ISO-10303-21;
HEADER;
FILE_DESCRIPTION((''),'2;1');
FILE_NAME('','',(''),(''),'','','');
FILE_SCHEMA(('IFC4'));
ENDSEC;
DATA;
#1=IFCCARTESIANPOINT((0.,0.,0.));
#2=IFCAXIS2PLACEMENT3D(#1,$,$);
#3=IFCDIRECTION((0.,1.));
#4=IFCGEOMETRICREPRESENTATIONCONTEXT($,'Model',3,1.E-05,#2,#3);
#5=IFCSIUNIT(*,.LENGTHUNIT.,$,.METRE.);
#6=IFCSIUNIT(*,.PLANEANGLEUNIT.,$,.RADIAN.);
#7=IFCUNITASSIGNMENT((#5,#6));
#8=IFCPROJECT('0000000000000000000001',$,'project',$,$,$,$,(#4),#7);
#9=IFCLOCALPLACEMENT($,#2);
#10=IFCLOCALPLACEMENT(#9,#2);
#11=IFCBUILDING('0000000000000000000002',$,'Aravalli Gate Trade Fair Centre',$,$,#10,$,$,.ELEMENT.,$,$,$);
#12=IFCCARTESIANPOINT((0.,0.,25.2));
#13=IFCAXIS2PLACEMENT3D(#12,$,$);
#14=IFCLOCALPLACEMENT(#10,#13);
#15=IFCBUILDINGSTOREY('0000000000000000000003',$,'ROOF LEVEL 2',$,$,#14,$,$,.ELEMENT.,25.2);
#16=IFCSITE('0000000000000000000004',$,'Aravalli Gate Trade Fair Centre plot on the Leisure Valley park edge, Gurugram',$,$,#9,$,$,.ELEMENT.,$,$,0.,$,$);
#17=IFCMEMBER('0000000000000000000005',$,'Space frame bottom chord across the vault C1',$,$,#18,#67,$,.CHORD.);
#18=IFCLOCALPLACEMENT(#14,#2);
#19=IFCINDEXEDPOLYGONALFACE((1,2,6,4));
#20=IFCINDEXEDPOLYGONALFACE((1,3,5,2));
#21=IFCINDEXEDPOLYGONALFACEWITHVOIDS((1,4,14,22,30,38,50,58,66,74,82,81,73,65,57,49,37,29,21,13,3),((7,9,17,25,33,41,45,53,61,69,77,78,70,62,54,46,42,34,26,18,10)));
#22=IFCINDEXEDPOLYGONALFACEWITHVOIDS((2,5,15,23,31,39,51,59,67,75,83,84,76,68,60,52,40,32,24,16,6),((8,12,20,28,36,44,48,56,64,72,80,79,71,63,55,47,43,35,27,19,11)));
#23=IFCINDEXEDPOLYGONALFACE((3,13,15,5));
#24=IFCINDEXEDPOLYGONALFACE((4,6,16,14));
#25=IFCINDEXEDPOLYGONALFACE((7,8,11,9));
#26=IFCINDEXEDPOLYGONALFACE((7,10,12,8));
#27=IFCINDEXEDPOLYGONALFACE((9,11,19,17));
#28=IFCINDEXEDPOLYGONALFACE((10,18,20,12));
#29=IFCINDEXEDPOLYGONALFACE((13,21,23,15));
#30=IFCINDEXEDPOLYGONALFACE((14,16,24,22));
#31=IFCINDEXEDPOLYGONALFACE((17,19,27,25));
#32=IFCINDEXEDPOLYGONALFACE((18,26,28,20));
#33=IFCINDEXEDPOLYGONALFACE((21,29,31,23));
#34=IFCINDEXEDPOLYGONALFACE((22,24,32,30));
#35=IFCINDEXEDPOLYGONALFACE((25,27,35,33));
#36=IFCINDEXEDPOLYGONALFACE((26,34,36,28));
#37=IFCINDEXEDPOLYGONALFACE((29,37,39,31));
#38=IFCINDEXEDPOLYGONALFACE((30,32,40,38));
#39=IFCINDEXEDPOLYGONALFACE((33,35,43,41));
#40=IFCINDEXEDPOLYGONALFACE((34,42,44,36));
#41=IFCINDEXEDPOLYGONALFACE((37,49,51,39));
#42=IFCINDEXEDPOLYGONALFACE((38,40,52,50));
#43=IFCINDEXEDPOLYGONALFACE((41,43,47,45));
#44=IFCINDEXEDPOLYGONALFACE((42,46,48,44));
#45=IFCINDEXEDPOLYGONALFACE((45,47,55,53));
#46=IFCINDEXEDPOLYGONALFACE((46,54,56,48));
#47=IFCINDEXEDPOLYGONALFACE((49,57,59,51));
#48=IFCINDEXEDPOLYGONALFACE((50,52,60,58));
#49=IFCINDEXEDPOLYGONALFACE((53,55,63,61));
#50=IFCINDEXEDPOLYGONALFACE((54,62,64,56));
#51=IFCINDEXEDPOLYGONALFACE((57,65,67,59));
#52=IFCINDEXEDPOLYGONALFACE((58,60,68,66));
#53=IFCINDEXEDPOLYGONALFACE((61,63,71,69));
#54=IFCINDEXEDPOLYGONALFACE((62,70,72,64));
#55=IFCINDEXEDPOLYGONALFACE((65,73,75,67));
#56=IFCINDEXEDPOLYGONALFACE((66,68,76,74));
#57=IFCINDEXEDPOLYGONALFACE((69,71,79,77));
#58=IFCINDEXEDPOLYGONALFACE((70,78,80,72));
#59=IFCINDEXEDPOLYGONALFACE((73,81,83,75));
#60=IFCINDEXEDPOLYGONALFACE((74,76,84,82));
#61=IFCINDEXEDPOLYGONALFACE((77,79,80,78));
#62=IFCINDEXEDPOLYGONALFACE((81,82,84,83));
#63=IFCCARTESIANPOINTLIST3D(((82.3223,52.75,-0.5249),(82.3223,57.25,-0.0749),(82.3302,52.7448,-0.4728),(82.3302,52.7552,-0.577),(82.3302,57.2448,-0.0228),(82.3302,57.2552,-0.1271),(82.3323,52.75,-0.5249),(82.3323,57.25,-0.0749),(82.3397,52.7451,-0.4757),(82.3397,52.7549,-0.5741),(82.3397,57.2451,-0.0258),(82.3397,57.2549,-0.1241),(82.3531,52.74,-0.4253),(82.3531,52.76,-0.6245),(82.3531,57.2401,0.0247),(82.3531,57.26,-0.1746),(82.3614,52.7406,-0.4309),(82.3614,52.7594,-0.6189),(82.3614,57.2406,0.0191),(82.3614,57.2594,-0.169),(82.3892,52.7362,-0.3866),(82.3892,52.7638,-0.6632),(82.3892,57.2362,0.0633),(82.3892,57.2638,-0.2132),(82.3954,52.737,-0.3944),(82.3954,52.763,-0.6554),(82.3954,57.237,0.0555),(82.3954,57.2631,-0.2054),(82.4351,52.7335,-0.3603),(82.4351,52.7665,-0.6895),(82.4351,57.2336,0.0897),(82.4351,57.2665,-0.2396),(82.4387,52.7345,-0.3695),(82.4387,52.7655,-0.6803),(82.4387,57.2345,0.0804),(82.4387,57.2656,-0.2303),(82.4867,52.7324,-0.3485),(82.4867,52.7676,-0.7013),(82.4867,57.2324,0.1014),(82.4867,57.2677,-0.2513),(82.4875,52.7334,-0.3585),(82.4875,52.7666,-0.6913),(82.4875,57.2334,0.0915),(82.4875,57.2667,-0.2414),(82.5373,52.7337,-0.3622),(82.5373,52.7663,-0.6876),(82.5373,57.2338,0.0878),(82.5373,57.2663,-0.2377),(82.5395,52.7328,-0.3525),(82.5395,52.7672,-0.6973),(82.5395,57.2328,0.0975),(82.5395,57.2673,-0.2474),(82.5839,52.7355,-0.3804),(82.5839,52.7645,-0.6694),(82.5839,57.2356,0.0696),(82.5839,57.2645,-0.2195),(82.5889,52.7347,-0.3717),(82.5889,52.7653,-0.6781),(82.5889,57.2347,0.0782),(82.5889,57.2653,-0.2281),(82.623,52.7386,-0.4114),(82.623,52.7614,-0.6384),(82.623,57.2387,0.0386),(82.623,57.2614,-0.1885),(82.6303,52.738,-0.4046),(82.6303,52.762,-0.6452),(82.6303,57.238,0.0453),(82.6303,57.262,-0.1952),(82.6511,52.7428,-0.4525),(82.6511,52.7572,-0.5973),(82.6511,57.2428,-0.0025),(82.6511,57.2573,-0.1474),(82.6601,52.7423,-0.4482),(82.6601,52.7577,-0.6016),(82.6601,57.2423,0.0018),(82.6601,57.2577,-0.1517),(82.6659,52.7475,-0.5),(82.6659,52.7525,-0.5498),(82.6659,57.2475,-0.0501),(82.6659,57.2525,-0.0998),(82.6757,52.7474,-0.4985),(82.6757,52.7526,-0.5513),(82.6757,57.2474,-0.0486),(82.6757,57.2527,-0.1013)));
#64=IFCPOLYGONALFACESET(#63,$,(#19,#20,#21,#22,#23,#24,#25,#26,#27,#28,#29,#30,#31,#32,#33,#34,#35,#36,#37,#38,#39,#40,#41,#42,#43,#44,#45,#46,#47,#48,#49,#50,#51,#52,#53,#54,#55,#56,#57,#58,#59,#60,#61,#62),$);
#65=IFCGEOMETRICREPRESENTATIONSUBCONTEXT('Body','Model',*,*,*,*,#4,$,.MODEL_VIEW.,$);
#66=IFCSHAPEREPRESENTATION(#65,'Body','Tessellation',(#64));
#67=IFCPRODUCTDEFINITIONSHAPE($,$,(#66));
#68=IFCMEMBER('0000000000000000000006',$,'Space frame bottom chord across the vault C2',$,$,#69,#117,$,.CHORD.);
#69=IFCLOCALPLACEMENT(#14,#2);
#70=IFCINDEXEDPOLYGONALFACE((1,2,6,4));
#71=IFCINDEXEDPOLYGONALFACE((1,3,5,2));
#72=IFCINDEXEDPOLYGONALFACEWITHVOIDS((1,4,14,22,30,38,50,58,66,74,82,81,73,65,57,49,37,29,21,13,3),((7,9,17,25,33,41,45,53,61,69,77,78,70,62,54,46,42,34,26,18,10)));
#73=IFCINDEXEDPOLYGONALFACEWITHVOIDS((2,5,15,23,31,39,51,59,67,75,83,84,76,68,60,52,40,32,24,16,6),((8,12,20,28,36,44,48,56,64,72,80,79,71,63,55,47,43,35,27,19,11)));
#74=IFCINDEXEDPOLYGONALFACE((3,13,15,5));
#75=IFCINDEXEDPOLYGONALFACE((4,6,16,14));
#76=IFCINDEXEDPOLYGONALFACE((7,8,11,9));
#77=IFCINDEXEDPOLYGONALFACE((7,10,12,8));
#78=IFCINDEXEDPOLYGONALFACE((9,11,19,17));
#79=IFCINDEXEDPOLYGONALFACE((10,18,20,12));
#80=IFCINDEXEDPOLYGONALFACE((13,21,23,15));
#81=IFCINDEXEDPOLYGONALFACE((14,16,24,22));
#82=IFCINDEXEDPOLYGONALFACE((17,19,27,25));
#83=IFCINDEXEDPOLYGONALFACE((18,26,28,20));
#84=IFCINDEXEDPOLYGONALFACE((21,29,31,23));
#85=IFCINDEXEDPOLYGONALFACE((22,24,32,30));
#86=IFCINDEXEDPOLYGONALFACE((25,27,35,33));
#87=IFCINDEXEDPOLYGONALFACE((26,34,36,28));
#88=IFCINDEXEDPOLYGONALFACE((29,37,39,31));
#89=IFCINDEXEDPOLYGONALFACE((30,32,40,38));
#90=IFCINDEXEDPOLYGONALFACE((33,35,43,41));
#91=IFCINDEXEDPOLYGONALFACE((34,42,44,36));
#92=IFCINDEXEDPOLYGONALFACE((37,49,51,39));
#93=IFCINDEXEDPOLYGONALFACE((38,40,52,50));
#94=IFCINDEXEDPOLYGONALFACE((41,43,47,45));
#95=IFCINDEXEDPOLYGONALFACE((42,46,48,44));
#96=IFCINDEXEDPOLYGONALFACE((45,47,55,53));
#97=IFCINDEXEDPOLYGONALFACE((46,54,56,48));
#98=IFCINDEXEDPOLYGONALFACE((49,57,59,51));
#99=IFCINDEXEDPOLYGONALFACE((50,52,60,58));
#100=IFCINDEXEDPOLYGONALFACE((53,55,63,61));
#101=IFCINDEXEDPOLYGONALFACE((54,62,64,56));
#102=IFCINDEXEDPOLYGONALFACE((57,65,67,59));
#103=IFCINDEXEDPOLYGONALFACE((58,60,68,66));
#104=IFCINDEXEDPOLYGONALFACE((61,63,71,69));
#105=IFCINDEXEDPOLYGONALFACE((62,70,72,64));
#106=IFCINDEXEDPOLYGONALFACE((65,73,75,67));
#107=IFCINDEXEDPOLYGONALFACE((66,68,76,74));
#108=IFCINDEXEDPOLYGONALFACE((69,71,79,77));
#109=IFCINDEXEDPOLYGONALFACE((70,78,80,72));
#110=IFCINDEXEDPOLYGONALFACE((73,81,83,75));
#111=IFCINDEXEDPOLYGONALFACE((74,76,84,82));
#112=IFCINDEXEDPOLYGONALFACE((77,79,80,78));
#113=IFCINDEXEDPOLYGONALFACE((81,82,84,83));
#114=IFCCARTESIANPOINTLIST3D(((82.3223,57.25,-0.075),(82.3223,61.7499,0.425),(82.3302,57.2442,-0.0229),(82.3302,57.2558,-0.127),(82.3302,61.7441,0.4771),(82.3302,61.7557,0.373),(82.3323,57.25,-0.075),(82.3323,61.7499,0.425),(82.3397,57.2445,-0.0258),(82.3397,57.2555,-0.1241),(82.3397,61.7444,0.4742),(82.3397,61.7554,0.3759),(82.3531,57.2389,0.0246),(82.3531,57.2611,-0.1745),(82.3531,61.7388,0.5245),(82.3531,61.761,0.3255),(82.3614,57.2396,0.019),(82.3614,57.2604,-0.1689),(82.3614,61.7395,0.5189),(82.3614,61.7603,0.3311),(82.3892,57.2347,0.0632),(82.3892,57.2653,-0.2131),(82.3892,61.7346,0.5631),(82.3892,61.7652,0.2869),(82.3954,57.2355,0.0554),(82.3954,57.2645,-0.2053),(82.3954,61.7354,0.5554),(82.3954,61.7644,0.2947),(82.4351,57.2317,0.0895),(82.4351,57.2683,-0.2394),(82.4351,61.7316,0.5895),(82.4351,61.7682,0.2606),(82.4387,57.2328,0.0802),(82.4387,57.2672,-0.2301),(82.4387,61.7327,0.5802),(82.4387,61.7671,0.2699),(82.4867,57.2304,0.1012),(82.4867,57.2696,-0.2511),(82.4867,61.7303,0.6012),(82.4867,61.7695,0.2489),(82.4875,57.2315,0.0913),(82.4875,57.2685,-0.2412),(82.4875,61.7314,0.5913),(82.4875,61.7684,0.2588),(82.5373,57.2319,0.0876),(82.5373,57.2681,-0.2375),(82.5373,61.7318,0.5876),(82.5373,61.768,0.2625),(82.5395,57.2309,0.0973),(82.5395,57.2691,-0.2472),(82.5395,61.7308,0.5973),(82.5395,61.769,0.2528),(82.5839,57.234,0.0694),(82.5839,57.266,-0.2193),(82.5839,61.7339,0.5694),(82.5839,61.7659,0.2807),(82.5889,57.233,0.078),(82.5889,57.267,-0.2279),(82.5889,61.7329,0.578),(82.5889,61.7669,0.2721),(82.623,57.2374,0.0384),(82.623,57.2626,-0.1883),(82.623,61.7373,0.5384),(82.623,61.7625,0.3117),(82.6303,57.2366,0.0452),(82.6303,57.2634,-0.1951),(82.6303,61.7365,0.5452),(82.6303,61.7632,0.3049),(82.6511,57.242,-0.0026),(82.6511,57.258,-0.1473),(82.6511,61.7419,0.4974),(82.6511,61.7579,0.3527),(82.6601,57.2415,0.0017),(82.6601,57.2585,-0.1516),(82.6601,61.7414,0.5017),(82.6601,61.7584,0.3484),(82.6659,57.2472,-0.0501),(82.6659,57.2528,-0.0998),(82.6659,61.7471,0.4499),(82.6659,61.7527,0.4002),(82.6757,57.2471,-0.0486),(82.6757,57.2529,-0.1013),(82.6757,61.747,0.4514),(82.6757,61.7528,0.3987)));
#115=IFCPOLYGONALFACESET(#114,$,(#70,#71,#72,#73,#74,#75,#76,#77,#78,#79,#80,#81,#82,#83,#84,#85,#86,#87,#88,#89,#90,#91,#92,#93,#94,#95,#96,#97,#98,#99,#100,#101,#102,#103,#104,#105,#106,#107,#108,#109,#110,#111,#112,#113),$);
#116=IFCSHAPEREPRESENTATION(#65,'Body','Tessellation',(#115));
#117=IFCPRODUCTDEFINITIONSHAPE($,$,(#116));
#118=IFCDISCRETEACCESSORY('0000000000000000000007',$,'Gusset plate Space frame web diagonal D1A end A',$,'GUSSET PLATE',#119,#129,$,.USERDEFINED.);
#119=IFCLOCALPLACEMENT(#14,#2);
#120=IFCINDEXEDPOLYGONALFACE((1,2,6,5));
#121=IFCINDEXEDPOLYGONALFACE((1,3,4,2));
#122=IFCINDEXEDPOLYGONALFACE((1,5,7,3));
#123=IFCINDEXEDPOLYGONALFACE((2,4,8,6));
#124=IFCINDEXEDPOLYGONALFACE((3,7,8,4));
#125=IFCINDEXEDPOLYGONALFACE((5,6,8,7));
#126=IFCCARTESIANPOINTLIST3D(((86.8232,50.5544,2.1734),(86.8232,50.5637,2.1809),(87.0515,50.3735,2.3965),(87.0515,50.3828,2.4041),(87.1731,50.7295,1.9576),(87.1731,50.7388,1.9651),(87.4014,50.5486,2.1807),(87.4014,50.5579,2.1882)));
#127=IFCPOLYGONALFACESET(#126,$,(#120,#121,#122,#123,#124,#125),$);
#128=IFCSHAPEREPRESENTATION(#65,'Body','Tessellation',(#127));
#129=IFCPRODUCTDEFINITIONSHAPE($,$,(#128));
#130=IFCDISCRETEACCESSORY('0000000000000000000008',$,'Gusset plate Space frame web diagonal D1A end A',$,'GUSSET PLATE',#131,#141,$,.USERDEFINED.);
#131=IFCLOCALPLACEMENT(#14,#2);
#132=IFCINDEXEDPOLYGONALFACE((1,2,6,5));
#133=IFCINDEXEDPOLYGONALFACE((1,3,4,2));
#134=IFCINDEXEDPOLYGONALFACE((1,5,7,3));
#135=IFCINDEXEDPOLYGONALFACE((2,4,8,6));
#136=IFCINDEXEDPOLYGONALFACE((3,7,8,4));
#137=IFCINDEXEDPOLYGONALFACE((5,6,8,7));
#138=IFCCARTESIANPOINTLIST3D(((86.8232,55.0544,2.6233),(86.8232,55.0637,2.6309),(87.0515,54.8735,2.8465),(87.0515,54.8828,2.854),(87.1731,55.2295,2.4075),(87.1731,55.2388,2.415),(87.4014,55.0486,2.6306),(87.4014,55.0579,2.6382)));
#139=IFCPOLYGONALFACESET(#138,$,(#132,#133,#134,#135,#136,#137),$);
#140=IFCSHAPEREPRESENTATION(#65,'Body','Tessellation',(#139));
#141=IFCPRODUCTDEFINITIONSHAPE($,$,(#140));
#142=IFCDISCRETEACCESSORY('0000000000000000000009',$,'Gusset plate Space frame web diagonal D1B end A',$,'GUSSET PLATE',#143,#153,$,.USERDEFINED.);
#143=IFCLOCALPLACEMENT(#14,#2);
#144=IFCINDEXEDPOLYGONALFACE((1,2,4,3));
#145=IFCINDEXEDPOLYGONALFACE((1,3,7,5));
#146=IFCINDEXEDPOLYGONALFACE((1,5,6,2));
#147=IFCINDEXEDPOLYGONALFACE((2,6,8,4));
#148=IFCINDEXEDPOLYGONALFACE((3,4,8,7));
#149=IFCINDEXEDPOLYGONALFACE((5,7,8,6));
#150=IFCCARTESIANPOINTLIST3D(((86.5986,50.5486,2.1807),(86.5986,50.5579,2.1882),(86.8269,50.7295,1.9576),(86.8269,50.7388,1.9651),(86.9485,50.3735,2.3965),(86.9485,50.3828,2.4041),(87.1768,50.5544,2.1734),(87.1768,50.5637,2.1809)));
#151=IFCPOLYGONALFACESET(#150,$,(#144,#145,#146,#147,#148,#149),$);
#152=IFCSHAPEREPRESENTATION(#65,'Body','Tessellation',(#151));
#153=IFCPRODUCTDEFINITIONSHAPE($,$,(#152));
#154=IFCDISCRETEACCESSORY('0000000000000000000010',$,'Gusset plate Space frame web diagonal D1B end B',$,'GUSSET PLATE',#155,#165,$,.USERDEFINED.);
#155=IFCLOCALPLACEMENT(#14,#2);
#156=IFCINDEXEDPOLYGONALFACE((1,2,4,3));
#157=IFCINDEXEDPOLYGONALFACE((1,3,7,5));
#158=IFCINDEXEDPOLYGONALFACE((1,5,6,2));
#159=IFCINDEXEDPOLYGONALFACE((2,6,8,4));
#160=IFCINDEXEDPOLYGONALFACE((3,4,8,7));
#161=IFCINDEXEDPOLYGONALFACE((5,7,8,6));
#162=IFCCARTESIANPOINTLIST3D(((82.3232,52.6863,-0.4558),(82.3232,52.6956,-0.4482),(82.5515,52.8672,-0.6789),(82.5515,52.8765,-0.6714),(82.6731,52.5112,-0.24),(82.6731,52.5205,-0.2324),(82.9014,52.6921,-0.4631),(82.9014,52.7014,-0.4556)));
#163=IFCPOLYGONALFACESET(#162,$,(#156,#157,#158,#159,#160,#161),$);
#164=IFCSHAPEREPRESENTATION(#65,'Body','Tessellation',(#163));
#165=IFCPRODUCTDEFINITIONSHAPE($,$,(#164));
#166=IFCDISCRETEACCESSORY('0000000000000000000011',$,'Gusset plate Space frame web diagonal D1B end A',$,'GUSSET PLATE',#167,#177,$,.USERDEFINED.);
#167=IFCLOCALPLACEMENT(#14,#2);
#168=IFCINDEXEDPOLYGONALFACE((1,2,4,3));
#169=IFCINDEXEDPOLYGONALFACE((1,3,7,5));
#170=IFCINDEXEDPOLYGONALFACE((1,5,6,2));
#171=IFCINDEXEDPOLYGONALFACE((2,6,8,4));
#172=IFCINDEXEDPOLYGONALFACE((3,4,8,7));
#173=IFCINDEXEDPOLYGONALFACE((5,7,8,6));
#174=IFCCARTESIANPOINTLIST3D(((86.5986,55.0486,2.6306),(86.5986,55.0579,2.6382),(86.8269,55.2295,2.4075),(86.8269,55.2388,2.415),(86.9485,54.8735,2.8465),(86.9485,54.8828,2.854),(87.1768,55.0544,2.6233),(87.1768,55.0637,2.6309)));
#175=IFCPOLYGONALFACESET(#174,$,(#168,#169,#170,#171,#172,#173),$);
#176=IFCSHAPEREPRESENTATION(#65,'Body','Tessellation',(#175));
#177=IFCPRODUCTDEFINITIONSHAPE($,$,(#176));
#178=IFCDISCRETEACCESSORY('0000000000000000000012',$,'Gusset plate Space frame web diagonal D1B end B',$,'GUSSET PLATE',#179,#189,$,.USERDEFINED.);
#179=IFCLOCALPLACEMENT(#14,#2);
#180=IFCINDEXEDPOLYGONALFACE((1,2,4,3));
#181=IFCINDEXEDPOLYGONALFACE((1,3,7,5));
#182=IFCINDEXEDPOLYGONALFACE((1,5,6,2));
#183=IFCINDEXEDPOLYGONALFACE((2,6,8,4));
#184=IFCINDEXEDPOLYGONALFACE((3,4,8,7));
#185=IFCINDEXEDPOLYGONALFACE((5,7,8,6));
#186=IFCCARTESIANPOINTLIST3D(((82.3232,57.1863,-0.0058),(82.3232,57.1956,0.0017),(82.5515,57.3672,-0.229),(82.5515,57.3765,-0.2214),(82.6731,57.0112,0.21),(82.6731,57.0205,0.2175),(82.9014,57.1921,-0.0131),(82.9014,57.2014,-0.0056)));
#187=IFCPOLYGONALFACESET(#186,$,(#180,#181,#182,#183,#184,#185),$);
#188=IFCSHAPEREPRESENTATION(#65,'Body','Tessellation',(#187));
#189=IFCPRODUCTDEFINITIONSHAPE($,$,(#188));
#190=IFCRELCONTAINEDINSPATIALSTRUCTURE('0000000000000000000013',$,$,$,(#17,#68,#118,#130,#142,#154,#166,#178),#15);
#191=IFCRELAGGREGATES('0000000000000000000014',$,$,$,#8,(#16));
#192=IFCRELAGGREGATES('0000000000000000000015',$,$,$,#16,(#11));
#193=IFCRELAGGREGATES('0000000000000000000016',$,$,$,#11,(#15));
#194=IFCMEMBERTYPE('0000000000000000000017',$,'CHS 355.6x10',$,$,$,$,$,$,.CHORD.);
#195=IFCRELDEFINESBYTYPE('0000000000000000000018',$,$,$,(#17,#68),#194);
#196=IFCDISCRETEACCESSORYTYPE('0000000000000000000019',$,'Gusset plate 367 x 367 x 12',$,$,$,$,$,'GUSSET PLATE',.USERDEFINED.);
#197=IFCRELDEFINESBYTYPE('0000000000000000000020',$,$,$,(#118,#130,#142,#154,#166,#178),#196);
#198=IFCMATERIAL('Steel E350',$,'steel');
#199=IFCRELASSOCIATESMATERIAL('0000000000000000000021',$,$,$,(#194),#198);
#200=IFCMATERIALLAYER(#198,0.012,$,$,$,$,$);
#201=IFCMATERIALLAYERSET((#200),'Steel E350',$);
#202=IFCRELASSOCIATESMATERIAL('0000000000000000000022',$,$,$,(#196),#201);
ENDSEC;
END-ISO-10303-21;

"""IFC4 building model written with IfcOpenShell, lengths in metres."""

from ifc_helpers import new_model, si_unit, direction, frame, origin, origin_2d, place, context, subcontext, project, spatial, polyline, hollow_circle, outline, extrude, material, layer, layer_set, material_profile, profile_set, type_object, element, save


model = new_model("IFC4")

# Units and contexts
model_context = context("Model", 3, precision=1e-05, world=origin(), true_north=direction((0.0, 1.0)))
body_context = subcontext(model_context, "Body", "Model", "MODEL_VIEW")
ifc_project = project(units=[si_unit("LENGTHUNIT", "METRE"), si_unit("PLANEANGLEUNIT", "RADIAN")], contexts=[model_context])

# Site, building, storey
site_placement = place(None, origin())
site = spatial("IfcSite", under=ifc_project, at=site_placement, Name="Aravalli Gate Trade Fair Centre plot on the Leisure Valley park edge, Gurugram", CompositionType="ELEMENT", RefElevation=0.0)
building_placement = place(site_placement, origin())
building = spatial("IfcBuilding", under=site, at=building_placement, Name="Aravalli Gate Trade Fair Centre", CompositionType="ELEMENT")
storey_placement = place(building_placement, frame((0.0, 0.0, 25.2)))
storey = spatial("IfcBuildingStorey", under=building, at=storey_placement, Name="ROOF LEVEL 2", CompositionType="ELEMENT", Elevation=25.2)

# Members
ifc_material = material(Name="Steel E350", Category="steel")
ifc_material_profile_1 = material_profile(ifc_material, hollow_circle(Radius=0.1777, WallThickness=0.01, at=origin_2d()), Name="CHS 355.6x10")
ifc_profile_set_1 = profile_set([ifc_material_profile_1], Name="Steel E350")
member_type_1 = type_object("IfcMemberType", Name="CHS 355.6x10", PredefinedType="CHORD", material=ifc_profile_set_1)
member_1_placement = place(storey_placement, frame((82.5, 52.75, -0.5249), z_axis=(0.0, 0.995038, 0.099493), x_axis=(-1.0, 0.0, 0.0)))
element("IfcMember", 1, at=member_1_placement, inside=storey, type_object=member_type_1, Name="Space frame bottom chord across the vault C1", PredefinedType="CHORD", context=body_context, shape_type="SweptSolid", body=[
    extrude(hollow_circle(Radius=0.1777, WallThickness=0.01, at=origin_2d()), origin(), (0.0, 0.0, 1.0), 4.5225),
])
member_2_placement = place(storey_placement, frame((82.5, 57.25, -0.075), z_axis=(0.0, 0.993884, 0.110432), x_axis=(-1.0, 0.0, 0.0)))
element("IfcMember", 2, at=member_2_placement, inside=storey, type_object=member_type_1, Name="Space frame bottom chord across the vault C2", PredefinedType="CHORD", context=body_context, shape_type="SweptSolid", body=[
    extrude(hollow_circle(Radius=0.1777, WallThickness=0.01, at=origin_2d()), origin(), (0.0, 0.0, 1.0), 4.5276),
])

# Discrete accessories
ifc_layer = layer(ifc_material, 0.012)
ifc_layer_set = layer_set([ifc_layer], Name="Steel E350")
discrete_accessory_type = type_object("IfcDiscreteAccessoryType", Name="Gusset plate 367 x 367 x 12", ElementType="GUSSET PLATE", PredefinedType="USERDEFINED", material=ifc_layer_set)
for number, where, z_axis, x_axis, name in (
    (3, (87.1731, 50.7388, 1.9651), (-0.000107, 0.776736, 0.629826), (-0.783044, -0.391795, 0.48305), "Gusset plate Space frame web diagonal D1A end A"),
    (4, (87.1731, 55.2388, 2.415), (-0.000107, 0.776736, 0.629826), (-0.783044, -0.391795, 0.48305), "Gusset plate Space frame web diagonal D1A end A"),
):
    element("IfcDiscreteAccessory", number, at=place(storey_placement, frame(where, z_axis=z_axis, x_axis=x_axis)), inside=storey, type_object=discrete_accessory_type, Name=name, ObjectType="GUSSET PLATE", PredefinedType="USERDEFINED", context=body_context, shape_type="SweptSolid", body=[
        extrude(outline(polyline([(0.0, 0.0), (0.4468, 0.0), (0.4467, 0.3669), (-0.0001, 0.3669), (0.0, 0.0)])), origin(), (0.0, 0.0, -1.0), 0.012),
    ])
discrete_accessory_1_placement = place(storey_placement, frame((86.5986, 50.5579, 2.1882), z_axis=(0.000107, 0.776736, 0.629826), x_axis=(0.783044, -0.391795, 0.48305)))
element("IfcDiscreteAccessory", 5, at=discrete_accessory_1_placement, inside=storey, type_object=discrete_accessory_type, Name="Gusset plate Space frame web diagonal D1B end A", ObjectType="GUSSET PLATE", PredefinedType="USERDEFINED", context=body_context, shape_type="SweptSolid", body=[
    extrude(outline(polyline([(0.0, 0.0), (0.4468, 0.0), (0.4469, 0.3669), (0.0001, 0.3669), (0.0, 0.0)])), origin(), (0.0, 0.0, -1.0), 0.012),
])
discrete_accessory_2_placement = place(storey_placement, frame((82.6731, 52.5205, -0.2324), z_axis=(0.000107, 0.776736, 0.629826), x_axis=(-0.783044, 0.391795, -0.48305)))
element("IfcDiscreteAccessory", 6, at=discrete_accessory_2_placement, inside=storey, type_object=discrete_accessory_type, Name="Gusset plate Space frame web diagonal D1B end B", ObjectType="GUSSET PLATE", PredefinedType="USERDEFINED", context=body_context, shape_type="SweptSolid", body=[
    extrude(outline(polyline([(0.0, 0.0), (0.4468, 0.0), (0.4467, -0.3669), (-0.0001, -0.3669), (0.0, 0.0)])), origin(), (0.0, 0.0, -1.0), 0.012),
])
discrete_accessory_3_placement = place(storey_placement, frame((86.5986, 55.0579, 2.6382), z_axis=(0.000107, 0.776736, 0.629826), x_axis=(0.783044, -0.391795, 0.48305)))
element("IfcDiscreteAccessory", 7, at=discrete_accessory_3_placement, inside=storey, type_object=discrete_accessory_type, Name="Gusset plate Space frame web diagonal D1B end A", ObjectType="GUSSET PLATE", PredefinedType="USERDEFINED", context=body_context, shape_type="SweptSolid", body=[
    extrude(outline(polyline([(0.0, 0.0), (0.4468, 0.0), (0.4469, 0.3669), (0.0001, 0.3669), (0.0, 0.0)])), origin(), (0.0, 0.0, -1.0), 0.012),
])
discrete_accessory_4_placement = place(storey_placement, frame((82.6731, 57.0205, 0.2175), z_axis=(0.000107, 0.776736, 0.629826), x_axis=(-0.783044, 0.391795, -0.48305)))
element("IfcDiscreteAccessory", 8, at=discrete_accessory_4_placement, inside=storey, type_object=discrete_accessory_type, Name="Gusset plate Space frame web diagonal D1B end B", ObjectType="GUSSET PLATE", PredefinedType="USERDEFINED", context=body_context, shape_type="SweptSolid", body=[
    extrude(outline(polyline([(0.0, 0.0), (0.4468, 0.0), (0.4467, -0.3669), (-0.0001, -0.3669), (0.0, 0.0)])), origin(), (0.0, 0.0, -1.0), 0.012),
])

save(model, "model.ifc")
